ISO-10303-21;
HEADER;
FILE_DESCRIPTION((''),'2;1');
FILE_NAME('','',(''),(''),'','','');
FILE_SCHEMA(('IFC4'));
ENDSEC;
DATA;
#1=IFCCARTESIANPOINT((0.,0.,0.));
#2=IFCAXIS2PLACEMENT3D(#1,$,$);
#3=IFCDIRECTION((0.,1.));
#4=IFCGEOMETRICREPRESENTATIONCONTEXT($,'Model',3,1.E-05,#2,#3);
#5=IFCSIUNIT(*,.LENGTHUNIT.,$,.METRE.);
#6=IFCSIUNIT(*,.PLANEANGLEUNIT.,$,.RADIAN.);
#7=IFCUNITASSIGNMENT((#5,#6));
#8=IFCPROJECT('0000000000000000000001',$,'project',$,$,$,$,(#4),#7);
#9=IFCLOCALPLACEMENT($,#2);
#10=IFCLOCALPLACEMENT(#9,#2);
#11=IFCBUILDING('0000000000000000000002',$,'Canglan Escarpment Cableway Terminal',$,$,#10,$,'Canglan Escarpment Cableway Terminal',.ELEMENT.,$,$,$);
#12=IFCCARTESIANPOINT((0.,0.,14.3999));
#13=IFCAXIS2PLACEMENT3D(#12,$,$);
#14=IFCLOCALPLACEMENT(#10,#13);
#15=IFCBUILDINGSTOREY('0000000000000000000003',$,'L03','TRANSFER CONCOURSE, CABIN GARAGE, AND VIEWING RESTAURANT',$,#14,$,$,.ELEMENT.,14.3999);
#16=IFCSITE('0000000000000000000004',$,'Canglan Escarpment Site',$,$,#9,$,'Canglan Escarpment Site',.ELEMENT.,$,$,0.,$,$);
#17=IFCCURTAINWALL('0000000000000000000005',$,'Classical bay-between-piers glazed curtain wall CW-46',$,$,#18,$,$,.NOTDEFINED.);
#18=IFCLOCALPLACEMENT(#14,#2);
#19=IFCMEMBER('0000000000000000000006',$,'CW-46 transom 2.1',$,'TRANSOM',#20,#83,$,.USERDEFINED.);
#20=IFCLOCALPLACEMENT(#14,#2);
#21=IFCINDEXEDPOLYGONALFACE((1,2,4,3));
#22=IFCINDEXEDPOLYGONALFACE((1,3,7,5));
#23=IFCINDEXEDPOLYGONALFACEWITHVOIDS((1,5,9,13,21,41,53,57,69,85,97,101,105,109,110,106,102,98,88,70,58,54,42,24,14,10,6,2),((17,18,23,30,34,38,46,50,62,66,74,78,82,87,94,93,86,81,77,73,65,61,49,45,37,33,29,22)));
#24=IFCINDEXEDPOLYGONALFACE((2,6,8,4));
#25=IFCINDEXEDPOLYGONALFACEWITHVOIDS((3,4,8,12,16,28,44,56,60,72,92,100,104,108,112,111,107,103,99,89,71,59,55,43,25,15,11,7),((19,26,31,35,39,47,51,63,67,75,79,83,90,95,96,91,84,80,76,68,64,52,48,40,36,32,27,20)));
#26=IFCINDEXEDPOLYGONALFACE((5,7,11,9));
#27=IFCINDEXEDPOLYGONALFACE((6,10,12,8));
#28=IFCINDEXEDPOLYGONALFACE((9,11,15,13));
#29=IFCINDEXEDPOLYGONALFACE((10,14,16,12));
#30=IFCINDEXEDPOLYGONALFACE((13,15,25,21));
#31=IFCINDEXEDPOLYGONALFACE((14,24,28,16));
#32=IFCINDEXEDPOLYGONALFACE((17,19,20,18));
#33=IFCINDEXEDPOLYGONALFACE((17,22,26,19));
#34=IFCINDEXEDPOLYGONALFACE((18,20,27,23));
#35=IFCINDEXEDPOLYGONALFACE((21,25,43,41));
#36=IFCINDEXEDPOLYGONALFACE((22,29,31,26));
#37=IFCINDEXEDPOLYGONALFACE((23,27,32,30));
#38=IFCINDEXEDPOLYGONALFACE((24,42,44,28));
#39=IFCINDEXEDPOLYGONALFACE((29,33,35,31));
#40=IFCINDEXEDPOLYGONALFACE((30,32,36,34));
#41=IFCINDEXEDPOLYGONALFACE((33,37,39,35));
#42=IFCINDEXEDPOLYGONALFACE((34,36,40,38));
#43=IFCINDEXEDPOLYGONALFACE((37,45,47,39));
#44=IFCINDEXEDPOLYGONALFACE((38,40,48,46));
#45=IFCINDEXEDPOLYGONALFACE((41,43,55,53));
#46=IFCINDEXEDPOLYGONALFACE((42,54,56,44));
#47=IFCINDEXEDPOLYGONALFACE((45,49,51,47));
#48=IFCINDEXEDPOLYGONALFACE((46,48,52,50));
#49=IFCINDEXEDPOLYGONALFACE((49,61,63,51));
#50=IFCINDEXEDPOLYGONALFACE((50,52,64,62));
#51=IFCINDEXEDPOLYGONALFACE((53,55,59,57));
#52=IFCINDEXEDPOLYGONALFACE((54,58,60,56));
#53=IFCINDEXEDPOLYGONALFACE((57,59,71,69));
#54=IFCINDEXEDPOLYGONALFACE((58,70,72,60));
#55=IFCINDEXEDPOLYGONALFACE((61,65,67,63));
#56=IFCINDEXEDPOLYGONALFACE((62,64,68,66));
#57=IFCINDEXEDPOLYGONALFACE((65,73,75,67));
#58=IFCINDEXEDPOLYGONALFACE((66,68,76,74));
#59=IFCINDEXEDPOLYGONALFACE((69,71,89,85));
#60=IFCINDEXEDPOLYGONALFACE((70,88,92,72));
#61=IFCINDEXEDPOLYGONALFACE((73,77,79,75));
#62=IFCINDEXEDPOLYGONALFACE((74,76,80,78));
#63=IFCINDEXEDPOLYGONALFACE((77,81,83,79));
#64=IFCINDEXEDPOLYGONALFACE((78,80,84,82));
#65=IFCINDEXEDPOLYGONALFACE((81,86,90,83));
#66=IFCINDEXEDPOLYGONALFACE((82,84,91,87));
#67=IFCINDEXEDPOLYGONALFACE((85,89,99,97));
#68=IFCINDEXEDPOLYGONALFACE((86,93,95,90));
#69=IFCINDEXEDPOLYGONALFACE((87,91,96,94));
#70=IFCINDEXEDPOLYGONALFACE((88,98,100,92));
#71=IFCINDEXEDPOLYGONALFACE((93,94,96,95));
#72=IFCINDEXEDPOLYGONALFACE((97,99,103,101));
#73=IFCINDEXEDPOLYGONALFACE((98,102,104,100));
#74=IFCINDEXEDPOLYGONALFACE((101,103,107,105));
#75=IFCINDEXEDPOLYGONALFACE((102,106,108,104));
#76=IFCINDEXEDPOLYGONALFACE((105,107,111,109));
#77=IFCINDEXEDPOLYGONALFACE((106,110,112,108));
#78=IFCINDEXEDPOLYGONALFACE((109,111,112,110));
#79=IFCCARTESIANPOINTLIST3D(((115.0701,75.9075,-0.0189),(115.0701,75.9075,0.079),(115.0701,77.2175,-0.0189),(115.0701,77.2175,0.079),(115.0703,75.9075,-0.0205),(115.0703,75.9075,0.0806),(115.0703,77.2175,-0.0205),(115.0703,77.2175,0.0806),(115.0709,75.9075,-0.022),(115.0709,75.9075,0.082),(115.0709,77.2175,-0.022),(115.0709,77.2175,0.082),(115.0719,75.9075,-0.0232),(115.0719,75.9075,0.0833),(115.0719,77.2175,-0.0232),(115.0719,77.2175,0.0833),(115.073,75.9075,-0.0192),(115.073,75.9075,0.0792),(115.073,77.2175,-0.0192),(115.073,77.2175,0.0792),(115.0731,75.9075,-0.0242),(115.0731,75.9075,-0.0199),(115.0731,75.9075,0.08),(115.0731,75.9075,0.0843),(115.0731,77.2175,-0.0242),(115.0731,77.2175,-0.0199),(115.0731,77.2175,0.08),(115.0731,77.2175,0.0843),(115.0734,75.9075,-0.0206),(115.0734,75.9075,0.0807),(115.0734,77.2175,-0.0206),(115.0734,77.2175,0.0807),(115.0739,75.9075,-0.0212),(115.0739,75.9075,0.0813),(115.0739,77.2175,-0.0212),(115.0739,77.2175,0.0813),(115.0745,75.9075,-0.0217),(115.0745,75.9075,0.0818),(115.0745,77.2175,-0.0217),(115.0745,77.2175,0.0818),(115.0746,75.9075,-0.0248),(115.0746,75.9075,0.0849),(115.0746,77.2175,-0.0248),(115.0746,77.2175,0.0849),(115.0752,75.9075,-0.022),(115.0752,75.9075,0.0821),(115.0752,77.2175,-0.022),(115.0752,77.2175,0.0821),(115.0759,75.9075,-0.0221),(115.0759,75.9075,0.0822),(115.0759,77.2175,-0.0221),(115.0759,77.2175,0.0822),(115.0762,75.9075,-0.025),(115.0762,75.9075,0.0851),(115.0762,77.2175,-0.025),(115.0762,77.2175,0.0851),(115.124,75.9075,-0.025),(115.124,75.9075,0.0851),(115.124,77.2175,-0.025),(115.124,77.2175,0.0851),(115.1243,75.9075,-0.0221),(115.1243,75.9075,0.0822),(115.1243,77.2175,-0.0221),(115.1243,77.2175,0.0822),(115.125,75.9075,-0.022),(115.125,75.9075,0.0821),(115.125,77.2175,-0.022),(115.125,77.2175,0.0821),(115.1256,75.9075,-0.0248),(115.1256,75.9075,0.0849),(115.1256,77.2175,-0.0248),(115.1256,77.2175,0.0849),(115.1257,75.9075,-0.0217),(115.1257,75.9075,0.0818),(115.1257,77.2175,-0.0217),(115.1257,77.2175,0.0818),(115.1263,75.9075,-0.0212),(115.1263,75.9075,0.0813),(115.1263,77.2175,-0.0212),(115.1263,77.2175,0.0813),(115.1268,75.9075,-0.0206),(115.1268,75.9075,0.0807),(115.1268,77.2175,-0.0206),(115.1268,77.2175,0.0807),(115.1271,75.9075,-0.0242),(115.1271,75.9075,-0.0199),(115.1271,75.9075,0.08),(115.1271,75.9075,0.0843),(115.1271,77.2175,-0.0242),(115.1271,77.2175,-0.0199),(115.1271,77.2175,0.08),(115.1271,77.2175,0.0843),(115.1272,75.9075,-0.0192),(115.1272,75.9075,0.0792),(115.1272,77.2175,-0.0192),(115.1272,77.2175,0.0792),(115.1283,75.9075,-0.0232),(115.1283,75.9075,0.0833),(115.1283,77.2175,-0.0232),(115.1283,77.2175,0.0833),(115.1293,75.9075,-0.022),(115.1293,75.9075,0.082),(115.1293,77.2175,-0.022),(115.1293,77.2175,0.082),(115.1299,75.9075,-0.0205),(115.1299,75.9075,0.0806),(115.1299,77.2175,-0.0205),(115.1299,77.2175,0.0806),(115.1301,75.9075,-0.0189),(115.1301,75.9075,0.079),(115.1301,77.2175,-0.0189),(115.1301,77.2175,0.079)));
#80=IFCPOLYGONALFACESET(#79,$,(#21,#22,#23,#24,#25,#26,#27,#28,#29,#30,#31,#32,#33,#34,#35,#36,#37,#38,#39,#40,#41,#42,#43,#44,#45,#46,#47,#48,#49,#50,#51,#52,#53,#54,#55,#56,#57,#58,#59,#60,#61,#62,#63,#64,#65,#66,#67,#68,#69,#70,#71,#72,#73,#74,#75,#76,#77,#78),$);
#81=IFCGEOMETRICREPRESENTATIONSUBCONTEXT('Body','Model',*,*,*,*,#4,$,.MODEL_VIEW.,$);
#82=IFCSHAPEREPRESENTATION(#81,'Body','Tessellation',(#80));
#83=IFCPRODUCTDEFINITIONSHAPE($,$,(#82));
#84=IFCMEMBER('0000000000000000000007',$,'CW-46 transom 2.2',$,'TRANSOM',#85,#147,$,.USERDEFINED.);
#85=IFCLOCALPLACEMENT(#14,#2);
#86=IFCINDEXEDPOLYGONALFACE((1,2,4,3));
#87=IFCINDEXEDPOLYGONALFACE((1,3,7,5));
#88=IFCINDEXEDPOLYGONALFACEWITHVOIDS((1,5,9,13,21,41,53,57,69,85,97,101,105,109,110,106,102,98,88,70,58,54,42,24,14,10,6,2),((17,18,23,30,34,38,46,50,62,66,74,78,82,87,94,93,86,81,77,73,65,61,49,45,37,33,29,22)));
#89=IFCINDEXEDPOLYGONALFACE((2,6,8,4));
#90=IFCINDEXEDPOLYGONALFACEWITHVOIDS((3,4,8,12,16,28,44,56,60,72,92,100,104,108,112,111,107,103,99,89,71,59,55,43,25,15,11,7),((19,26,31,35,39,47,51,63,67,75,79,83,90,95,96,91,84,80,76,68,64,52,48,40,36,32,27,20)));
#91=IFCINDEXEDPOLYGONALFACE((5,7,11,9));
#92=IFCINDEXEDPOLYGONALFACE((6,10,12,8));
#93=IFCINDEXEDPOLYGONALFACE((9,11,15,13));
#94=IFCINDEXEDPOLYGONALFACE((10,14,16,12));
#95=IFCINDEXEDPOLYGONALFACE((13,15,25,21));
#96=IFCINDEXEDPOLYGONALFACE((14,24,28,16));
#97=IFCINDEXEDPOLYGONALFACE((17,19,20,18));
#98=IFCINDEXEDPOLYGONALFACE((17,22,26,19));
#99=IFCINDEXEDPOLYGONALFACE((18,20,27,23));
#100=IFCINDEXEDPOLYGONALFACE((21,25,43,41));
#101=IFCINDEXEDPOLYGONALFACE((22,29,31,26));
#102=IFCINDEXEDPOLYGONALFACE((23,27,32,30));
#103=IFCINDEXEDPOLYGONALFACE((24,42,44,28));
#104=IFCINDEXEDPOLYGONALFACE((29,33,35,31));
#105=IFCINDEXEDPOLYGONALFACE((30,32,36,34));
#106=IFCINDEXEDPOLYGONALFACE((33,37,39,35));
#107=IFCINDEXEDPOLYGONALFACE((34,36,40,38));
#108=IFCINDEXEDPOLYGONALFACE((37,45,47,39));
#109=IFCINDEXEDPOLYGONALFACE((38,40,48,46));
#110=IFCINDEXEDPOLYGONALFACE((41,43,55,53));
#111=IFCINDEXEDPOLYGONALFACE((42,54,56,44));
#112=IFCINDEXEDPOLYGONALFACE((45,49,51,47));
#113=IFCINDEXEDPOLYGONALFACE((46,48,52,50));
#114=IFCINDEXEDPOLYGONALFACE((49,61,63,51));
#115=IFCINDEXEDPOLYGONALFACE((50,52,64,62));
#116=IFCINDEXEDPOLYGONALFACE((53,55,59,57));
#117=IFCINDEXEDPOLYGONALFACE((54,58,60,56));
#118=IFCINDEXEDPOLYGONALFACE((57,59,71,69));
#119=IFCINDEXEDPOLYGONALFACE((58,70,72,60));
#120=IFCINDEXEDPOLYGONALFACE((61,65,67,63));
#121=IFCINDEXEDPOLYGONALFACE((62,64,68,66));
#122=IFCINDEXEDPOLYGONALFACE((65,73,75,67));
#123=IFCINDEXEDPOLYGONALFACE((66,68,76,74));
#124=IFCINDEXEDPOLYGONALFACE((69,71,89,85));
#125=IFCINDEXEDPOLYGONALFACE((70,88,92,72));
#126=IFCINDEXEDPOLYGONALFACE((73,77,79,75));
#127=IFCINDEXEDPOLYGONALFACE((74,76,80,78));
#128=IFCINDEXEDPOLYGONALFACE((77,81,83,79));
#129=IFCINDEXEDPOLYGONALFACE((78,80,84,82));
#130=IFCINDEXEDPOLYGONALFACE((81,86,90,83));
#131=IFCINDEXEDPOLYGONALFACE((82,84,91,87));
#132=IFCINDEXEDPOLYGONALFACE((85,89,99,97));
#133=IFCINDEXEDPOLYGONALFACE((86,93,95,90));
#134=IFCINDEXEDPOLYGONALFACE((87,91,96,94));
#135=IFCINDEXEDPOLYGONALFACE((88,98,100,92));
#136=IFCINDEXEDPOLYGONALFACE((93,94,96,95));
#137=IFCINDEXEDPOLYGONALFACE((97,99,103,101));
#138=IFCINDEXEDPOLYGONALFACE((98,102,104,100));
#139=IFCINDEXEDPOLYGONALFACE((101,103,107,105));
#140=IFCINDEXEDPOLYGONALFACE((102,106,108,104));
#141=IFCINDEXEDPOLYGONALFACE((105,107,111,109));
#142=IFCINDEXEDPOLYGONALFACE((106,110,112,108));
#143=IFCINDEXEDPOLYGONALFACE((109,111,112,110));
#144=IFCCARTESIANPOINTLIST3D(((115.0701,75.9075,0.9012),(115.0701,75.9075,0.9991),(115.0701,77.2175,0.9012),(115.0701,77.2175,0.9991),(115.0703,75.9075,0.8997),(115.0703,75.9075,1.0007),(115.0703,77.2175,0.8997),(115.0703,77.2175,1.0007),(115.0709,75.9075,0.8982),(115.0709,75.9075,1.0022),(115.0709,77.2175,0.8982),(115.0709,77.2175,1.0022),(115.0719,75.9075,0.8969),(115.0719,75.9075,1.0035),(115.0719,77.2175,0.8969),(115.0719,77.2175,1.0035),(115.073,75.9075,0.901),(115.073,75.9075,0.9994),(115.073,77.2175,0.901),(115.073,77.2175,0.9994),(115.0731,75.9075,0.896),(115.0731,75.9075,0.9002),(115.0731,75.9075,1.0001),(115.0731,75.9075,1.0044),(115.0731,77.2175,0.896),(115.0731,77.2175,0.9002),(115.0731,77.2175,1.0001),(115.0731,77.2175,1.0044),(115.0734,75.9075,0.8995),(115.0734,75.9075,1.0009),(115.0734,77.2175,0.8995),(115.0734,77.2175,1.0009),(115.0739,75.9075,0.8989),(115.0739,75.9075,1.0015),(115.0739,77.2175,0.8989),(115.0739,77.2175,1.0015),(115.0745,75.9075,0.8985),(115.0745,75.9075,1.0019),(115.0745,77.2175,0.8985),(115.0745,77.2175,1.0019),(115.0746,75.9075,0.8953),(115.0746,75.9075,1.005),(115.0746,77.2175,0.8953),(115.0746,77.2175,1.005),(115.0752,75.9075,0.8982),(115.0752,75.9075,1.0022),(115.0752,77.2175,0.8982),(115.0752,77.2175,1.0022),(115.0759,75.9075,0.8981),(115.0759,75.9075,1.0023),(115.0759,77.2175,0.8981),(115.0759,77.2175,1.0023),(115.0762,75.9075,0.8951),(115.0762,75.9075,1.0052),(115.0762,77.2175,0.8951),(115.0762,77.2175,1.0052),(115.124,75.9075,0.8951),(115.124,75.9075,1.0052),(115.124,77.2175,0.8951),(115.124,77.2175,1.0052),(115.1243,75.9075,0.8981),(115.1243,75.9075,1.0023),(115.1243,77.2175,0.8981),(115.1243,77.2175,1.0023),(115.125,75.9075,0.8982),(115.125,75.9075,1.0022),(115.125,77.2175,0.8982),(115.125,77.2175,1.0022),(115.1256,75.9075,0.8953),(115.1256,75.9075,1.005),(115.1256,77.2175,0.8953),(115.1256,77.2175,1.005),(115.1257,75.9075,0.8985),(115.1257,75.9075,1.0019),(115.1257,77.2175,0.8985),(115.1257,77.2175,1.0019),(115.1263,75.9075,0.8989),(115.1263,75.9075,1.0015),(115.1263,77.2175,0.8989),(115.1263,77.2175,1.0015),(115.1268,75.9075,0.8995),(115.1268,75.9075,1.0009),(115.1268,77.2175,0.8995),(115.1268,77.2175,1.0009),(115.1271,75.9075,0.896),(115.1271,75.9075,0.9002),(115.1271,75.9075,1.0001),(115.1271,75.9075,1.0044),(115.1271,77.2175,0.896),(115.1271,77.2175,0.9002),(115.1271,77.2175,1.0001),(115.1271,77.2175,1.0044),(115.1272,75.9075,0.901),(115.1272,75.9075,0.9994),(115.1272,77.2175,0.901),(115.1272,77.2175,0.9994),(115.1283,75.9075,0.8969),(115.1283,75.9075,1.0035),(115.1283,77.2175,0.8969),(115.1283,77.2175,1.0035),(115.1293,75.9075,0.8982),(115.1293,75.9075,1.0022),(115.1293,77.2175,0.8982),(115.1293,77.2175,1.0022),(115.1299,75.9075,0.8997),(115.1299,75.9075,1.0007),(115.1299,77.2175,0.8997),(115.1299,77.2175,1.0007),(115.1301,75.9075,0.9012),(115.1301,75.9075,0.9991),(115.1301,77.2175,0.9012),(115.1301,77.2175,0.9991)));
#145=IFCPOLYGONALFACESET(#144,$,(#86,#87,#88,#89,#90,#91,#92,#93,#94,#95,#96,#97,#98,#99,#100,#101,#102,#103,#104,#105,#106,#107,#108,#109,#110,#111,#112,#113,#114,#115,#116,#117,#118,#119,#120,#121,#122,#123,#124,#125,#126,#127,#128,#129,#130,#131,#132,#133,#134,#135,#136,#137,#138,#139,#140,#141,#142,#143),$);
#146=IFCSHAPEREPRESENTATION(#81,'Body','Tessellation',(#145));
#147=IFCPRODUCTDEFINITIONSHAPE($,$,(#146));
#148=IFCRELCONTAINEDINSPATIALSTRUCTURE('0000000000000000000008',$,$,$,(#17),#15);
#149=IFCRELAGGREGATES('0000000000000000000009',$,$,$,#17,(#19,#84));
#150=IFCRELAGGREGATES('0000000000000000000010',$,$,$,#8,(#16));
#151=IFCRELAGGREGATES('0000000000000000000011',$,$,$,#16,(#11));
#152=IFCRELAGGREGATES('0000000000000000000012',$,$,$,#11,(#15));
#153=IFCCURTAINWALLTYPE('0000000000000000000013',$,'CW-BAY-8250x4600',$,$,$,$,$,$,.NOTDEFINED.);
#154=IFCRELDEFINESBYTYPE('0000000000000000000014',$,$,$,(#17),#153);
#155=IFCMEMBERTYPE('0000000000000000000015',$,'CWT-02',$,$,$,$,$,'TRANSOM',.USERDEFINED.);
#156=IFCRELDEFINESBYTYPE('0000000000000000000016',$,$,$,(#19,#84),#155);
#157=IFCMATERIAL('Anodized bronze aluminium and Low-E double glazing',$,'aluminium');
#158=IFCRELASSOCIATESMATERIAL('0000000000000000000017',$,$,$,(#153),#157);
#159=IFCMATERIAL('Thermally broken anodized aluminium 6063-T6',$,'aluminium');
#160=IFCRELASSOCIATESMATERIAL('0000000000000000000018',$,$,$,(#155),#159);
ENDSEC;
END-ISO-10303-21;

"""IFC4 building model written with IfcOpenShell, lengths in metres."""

from ifc_helpers import new_model, si_unit, direction, frame, origin, origin_2d, place, context, subcontext, project, spatial, hollow_rectangle, extrude, material, material_profile, profile_set, type_object, element, aggregate, save


model = new_model("IFC4")

# Units and contexts
model_context = context("Model", 3, precision=1e-05, world=origin(), true_north=direction((0.0, 1.0)))
body_context = subcontext(model_context, "Body", "Model", "MODEL_VIEW")
ifc_project = project(units=[si_unit("LENGTHUNIT", "METRE"), si_unit("PLANEANGLEUNIT", "RADIAN")], contexts=[model_context])

# Site, building, storey
site_placement = place(None, origin())
site = spatial("IfcSite", under=ifc_project, at=site_placement, Name="Canglan Escarpment Site", LongName="Canglan Escarpment Site", CompositionType="ELEMENT", RefElevation=0.0)
building_placement = place(site_placement, origin())
building = spatial("IfcBuilding", under=site, at=building_placement, Name="Canglan Escarpment Cableway Terminal", LongName="Canglan Escarpment Cableway Terminal", CompositionType="ELEMENT")
storey_placement = place(building_placement, frame((0.0, 0.0, 14.3999)))
storey = spatial("IfcBuildingStorey", under=building, at=storey_placement, Name="L03", Description="TRANSFER CONCOURSE, CABIN GARAGE, AND VIEWING RESTAURANT", CompositionType="ELEMENT", Elevation=14.3999)

# Curtain wall, members
ifc_material_1 = material(Name="Anodized bronze aluminium and Low-E double glazing", Category="aluminium")
curtain_wall_type = type_object("IfcCurtainWallType", Name="CW-BAY-8250x4600", PredefinedType="NOTDEFINED", material=ifc_material_1)
curtain_wall_placement = place(storey_placement, origin())
curtain_wall = element("IfcCurtainWall", 1, at=curtain_wall_placement, inside=storey, type_object=curtain_wall_type, Name="Classical bay-between-piers glazed curtain wall CW-46", PredefinedType="NOTDEFINED")
ifc_material_2 = material(Name="Thermally broken anodized aluminium 6063-T6", Category="aluminium")
ifc_material_profile_1 = material_profile(ifc_material_2, hollow_rectangle(XDim=0.0601, YDim=0.1101, WallThickness=0.0029, InnerFilletRadius=0.0029, OuterFilletRadius=0.0061, at=origin_2d()), Name="ALU-TRAN 60x110x3")
ifc_profile_set_1 = profile_set([ifc_material_profile_1], Name="Thermally broken anodized aluminium 6063-T6")
member_type_1 = type_object("IfcMemberType", Name="CWT-02", ElementType="TRANSOM", PredefinedType="USERDEFINED", material=ifc_profile_set_1)
member_1_placement = place(storey_placement, frame((115.1001, 77.2175, 0.03), z_axis=(0.0, -1.0, 0.0), x_axis=(1.0, 0.0, 0.0)))
member_1 = element("IfcMember", 2, at=member_1_placement, type_object=member_type_1, Name="CW-46 transom 2.1", ObjectType="TRANSOM", PredefinedType="USERDEFINED", context=body_context, shape_type="SweptSolid", body=[
    extrude(hollow_rectangle(XDim=0.0601, YDim=0.1101, WallThickness=0.0029, InnerFilletRadius=0.0029, OuterFilletRadius=0.0061, at=origin_2d()), origin(), (0.0, 0.0, 1.0), 1.3101),
])
member_2_placement = place(storey_placement, frame((115.1001, 77.2175, 0.9502), z_axis=(0.0, -1.0, 0.0), x_axis=(1.0, 0.0, 0.0)))
member_2 = element("IfcMember", 3, at=member_2_placement, type_object=member_type_1, Name="CW-46 transom 2.2", ObjectType="TRANSOM", PredefinedType="USERDEFINED", context=body_context, shape_type="SweptSolid", body=[
    extrude(hollow_rectangle(XDim=0.0601, YDim=0.1101, WallThickness=0.0029, InnerFilletRadius=0.0029, OuterFilletRadius=0.0061, at=origin_2d()), origin(), (0.0, 0.0, 1.0), 1.3101),
])
aggregate(curtain_wall, [member_1, member_2])

save(model, "model.ifc")
